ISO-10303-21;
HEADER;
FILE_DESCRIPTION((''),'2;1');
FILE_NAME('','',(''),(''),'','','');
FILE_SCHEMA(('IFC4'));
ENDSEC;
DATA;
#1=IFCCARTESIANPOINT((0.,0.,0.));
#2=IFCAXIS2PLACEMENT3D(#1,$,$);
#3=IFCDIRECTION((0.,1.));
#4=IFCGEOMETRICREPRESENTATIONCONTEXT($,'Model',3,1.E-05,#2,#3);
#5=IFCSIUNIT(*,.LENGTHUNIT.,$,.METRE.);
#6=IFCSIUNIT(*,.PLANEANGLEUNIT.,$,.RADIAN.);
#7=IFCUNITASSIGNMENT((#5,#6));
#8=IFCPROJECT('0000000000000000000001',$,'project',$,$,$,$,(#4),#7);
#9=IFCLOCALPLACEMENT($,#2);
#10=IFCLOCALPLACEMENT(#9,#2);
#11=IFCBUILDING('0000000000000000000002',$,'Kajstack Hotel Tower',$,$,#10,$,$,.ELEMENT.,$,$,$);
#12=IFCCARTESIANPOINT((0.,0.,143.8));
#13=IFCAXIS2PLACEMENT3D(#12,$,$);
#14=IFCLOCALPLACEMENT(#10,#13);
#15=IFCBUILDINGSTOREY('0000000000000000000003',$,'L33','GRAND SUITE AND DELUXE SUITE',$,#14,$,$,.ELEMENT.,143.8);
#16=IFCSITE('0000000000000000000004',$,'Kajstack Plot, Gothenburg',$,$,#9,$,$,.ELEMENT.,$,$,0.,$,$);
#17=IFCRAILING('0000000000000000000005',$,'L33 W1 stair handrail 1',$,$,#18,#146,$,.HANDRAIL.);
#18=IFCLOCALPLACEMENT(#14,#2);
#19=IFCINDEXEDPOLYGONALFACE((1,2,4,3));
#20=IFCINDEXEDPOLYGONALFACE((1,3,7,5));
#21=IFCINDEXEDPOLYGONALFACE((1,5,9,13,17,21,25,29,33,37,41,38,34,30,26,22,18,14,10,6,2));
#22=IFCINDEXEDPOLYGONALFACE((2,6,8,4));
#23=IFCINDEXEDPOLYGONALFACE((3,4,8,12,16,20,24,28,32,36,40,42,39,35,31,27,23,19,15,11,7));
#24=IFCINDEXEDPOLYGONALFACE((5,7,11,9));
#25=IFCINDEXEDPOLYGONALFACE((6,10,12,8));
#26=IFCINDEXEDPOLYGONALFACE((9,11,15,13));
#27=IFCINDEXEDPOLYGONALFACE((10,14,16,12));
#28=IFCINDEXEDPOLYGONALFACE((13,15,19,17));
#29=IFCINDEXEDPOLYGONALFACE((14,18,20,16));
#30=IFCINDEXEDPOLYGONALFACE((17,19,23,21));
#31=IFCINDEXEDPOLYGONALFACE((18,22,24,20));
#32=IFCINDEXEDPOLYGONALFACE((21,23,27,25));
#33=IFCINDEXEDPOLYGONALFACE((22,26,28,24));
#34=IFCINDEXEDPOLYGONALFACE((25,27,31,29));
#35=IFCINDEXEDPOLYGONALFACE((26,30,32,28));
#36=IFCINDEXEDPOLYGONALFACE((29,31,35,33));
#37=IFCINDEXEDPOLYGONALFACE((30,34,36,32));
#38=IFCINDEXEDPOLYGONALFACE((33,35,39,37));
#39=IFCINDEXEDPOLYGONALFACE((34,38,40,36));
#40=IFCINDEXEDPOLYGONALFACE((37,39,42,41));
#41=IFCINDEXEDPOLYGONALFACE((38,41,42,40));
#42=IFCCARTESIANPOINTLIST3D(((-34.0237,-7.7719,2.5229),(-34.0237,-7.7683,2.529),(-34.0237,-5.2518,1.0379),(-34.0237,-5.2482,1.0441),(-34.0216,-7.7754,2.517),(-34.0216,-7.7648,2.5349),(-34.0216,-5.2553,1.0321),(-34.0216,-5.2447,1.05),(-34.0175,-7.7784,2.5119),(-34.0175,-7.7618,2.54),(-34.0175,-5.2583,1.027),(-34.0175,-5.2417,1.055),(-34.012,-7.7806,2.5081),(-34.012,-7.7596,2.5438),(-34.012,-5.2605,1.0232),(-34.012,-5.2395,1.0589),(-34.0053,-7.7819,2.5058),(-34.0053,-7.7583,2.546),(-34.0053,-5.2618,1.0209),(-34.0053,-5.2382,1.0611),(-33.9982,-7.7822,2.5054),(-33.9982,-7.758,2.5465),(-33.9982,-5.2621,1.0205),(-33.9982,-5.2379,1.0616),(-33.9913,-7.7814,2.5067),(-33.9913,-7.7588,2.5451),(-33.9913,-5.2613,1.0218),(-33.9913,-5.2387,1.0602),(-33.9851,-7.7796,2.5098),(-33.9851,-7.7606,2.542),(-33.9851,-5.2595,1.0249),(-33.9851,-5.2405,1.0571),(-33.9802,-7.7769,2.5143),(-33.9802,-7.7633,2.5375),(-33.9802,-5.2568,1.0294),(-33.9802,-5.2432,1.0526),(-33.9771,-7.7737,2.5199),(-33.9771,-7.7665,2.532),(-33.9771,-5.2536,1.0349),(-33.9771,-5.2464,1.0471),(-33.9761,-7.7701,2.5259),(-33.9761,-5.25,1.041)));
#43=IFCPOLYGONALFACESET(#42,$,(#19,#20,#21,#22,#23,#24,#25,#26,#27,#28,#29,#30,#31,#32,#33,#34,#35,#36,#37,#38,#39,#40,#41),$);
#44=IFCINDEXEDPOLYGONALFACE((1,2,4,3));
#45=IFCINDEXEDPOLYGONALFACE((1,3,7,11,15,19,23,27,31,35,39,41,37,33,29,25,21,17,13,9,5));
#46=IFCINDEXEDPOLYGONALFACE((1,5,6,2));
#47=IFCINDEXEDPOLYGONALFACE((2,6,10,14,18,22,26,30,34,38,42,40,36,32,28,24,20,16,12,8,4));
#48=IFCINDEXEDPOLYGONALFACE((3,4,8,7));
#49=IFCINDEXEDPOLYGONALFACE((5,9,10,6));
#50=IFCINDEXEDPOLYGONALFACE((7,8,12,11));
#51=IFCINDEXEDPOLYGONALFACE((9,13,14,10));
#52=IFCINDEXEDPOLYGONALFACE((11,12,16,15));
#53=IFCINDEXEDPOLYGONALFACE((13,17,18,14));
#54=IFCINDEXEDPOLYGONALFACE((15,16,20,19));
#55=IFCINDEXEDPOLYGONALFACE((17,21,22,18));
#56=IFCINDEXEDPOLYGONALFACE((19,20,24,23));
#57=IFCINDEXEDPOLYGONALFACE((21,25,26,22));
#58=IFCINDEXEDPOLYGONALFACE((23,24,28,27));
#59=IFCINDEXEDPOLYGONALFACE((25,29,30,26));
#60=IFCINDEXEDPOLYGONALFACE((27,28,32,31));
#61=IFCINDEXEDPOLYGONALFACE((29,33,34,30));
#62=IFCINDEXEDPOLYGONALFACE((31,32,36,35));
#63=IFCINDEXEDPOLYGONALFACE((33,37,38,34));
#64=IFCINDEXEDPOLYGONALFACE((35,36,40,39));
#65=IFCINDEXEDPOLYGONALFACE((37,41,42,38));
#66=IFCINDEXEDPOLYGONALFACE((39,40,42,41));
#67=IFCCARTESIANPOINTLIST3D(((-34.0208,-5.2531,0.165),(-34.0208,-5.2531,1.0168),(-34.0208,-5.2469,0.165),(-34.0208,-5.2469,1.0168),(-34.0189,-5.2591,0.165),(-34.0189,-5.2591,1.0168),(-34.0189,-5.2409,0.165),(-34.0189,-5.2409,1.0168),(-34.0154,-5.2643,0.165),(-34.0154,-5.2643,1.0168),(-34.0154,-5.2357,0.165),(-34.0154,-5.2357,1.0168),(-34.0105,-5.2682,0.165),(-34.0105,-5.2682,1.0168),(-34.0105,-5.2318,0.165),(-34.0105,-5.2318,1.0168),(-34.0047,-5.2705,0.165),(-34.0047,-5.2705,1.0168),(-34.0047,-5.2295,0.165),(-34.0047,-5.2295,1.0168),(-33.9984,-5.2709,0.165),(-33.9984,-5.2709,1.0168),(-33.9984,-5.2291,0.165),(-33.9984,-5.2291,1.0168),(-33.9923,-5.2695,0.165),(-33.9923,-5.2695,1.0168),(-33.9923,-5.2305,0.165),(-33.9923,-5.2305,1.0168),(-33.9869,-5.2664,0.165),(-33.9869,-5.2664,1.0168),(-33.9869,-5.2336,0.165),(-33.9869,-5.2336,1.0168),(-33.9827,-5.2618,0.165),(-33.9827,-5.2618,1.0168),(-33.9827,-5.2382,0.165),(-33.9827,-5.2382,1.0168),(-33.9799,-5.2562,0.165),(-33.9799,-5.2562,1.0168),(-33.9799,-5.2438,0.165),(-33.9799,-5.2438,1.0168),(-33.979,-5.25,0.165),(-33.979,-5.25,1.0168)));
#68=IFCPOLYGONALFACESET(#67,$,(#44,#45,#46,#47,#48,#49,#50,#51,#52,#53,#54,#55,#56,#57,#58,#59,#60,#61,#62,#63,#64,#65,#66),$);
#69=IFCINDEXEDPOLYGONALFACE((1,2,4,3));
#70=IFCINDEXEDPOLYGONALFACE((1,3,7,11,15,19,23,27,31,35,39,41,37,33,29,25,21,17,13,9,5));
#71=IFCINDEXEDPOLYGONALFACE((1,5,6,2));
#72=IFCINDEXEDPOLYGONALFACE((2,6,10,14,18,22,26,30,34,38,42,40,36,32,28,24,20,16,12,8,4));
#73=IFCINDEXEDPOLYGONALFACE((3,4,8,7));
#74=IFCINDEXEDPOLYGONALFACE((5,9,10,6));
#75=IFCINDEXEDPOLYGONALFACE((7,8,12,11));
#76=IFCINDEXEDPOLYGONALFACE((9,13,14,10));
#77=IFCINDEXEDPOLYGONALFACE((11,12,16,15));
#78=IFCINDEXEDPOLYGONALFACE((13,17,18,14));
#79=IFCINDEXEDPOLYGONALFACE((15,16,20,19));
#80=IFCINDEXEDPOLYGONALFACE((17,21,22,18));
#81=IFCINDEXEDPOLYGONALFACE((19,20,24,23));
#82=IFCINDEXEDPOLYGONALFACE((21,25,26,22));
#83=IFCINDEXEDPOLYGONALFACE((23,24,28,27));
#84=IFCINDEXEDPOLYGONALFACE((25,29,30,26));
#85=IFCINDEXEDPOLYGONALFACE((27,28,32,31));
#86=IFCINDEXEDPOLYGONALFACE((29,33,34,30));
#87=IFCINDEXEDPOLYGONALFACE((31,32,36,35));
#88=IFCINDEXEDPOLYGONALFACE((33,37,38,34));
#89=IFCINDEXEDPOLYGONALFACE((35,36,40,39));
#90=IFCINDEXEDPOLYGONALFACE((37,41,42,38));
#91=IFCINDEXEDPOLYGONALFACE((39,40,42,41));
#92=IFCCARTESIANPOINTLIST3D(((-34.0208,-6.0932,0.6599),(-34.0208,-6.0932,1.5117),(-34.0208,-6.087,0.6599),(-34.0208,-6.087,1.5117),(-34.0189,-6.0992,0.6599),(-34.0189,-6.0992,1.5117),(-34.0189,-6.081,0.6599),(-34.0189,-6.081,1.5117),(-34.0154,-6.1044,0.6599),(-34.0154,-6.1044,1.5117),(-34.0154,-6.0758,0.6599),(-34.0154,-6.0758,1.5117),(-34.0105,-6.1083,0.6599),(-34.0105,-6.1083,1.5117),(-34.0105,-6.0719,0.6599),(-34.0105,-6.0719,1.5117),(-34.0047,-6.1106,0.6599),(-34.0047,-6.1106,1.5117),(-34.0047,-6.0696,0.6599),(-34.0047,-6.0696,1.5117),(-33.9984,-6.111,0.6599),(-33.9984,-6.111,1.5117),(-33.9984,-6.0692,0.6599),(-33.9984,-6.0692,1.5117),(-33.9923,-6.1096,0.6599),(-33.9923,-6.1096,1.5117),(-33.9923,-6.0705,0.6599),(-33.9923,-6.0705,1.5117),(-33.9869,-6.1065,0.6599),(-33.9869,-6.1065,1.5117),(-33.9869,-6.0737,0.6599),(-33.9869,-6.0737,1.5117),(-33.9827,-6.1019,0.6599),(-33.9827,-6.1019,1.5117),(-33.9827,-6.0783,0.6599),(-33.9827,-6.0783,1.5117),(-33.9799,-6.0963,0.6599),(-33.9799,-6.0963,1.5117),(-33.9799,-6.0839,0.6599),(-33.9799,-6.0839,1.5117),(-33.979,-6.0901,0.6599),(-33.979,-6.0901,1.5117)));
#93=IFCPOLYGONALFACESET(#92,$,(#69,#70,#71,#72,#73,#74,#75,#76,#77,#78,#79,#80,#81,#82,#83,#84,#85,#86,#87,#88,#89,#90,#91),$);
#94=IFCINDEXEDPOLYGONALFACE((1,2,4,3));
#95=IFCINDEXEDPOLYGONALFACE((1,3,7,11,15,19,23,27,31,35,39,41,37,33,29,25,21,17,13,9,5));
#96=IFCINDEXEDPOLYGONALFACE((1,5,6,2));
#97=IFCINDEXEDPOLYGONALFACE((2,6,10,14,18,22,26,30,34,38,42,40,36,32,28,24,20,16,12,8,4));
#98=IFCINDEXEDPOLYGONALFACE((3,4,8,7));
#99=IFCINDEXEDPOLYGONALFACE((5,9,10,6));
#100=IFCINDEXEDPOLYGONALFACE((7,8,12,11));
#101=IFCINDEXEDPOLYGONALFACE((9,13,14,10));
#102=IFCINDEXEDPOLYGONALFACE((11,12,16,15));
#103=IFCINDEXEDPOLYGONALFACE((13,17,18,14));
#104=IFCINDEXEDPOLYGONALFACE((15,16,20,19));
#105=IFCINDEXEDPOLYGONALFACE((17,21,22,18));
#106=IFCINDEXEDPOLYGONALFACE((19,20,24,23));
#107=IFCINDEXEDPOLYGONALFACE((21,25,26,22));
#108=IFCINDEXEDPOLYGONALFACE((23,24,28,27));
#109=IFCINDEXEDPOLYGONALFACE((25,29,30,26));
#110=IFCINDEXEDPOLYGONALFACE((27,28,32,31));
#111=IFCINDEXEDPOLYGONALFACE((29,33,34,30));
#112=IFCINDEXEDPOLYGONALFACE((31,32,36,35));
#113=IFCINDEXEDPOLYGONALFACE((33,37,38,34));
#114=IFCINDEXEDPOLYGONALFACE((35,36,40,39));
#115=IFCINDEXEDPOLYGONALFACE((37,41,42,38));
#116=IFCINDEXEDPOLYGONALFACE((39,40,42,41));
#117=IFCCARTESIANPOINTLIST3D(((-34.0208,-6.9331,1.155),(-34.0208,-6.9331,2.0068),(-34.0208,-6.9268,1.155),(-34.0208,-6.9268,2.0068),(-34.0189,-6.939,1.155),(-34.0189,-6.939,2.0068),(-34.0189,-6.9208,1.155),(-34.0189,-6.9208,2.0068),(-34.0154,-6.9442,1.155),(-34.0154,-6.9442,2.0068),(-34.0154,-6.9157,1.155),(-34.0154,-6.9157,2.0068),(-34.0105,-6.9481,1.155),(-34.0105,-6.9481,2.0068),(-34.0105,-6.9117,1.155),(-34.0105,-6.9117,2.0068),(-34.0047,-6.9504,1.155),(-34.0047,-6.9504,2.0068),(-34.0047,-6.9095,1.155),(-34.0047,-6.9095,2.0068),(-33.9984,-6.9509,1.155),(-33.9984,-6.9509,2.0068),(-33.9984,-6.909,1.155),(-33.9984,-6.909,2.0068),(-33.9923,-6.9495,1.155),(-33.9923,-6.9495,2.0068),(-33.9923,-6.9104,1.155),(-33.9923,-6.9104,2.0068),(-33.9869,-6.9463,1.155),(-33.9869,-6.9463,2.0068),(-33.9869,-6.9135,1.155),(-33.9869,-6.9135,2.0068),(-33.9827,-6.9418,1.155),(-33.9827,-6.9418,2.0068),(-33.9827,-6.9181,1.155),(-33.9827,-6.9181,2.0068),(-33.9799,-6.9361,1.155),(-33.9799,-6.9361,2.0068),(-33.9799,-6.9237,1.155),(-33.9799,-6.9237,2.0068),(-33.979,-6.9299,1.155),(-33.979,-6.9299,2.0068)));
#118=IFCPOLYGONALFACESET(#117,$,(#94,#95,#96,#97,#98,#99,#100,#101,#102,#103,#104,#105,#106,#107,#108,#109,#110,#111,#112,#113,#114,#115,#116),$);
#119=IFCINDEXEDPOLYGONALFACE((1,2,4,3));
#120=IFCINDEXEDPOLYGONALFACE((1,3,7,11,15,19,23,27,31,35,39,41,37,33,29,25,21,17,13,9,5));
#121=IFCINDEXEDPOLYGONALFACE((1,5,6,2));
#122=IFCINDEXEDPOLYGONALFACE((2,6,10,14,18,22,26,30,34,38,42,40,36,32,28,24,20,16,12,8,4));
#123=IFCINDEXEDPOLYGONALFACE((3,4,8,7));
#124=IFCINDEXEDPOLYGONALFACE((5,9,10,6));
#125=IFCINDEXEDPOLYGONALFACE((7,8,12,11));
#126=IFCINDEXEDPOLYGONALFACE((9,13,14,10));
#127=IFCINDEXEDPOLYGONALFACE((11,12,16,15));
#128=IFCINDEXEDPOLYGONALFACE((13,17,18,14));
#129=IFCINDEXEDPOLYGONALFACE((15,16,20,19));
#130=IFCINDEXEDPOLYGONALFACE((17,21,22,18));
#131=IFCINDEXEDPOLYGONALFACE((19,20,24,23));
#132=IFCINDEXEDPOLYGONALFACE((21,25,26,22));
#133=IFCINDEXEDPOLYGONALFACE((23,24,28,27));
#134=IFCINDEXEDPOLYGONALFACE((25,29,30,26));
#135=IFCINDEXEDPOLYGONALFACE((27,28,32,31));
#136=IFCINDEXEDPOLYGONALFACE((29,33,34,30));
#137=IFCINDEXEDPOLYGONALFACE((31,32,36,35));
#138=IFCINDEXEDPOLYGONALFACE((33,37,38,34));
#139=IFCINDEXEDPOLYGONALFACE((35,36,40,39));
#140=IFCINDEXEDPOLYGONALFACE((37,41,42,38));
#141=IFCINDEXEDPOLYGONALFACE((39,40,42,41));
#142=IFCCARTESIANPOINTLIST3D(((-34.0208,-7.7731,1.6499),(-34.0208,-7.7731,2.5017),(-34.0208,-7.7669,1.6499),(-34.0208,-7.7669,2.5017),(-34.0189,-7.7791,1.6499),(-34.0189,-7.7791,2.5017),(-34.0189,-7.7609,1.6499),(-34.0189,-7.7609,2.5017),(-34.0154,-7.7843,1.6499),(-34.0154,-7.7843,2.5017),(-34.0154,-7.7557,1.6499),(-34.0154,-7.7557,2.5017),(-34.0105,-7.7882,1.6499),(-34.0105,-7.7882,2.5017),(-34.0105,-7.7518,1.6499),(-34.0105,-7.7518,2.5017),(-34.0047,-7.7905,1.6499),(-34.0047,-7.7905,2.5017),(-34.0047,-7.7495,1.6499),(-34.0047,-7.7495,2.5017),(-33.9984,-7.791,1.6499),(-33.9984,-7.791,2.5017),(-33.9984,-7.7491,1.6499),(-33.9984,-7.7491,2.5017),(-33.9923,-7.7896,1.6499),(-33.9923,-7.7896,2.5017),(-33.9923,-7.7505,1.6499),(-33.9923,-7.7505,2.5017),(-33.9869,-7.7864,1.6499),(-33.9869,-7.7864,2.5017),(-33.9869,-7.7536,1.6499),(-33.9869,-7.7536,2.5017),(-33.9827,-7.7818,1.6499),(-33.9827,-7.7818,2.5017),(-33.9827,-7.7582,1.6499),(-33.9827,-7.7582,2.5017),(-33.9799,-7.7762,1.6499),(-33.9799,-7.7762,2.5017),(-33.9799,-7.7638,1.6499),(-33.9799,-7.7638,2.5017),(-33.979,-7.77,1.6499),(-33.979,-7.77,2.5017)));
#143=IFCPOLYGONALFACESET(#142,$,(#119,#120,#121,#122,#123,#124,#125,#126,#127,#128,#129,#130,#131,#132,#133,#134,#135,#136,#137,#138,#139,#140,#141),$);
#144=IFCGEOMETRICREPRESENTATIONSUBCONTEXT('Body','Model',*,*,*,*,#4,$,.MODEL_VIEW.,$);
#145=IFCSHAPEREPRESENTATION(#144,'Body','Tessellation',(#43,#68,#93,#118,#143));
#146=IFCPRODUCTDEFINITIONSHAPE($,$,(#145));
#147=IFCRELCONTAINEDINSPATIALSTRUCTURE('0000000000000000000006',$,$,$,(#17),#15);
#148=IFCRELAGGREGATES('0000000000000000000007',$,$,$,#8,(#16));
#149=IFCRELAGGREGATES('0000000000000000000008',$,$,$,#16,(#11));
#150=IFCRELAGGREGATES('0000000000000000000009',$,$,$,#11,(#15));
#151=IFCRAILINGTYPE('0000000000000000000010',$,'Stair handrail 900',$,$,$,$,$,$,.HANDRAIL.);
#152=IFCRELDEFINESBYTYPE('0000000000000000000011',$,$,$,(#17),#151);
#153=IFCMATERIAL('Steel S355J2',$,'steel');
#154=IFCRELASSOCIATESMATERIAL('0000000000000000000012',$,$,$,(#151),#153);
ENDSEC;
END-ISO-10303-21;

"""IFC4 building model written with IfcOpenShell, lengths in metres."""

from ifc_helpers import new_model, si_unit, direction, frame, origin, origin_2d, place, context, subcontext, project, spatial, circle, extrude, material, type_object, element, save


model = new_model("IFC4")

# Units and contexts
model_context = context("Model", 3, precision=1e-05, world=origin(), true_north=direction((0.0, 1.0)))
body_context = subcontext(model_context, "Body", "Model", "MODEL_VIEW")
ifc_project = project(units=[si_unit("LENGTHUNIT", "METRE"), si_unit("PLANEANGLEUNIT", "RADIAN")], contexts=[model_context])

# Site, building, storey
site_placement = place(None, origin())
site = spatial("IfcSite", under=ifc_project, at=site_placement, Name="Kajstack Plot, Gothenburg", CompositionType="ELEMENT", RefElevation=0.0)
building_placement = place(site_placement, origin())
building = spatial("IfcBuilding", under=site, at=building_placement, Name="Kajstack Hotel Tower", CompositionType="ELEMENT")
storey_placement = place(building_placement, frame((0.0, 0.0, 143.8)))
storey = spatial("IfcBuildingStorey", under=building, at=storey_placement, Name="L33", Description="GRAND SUITE AND DELUXE SUITE", CompositionType="ELEMENT", Elevation=143.8)

# Railing
ifc_material_1 = material(Name="Steel S355J2", Category="steel")
railing_type_1 = type_object("IfcRailingType", Name="Stair handrail 900", PredefinedType="HANDRAIL", material=ifc_material_1)
railing_1_placement = place(storey_placement, frame((-34.0, -5.25, 0.165)))
element("IfcRailing", 1, at=railing_1_placement, inside=storey, type_object=railing_type_1, Name="L33 W1 stair handrail 1", PredefinedType="HANDRAIL", context=body_context, shape_type="SweptSolid", body=[
    extrude(circle(Radius=0.0239, at=origin_2d()), frame((0.0, 0.0, 0.876), z_axis=(0.0, -0.861561, 0.507655), x_axis=(1.0, 0.0, 0.0)), (0.0, 0.0, 1.0), 2.925),
    extrude(circle(Radius=0.021, at=origin_2d()), origin(), (0.0, 0.0, 1.0), 0.8518),
    extrude(circle(Radius=0.021, at=origin_2d()), frame((0.0, -0.8401, 0.4949)), (0.0, 0.0, 1.0), 0.8518),
    extrude(circle(Radius=0.021, at=origin_2d()), frame((0.0, -1.6799, 0.99)), (0.0, 0.0, 1.0), 0.8518),
    extrude(circle(Radius=0.021, at=origin_2d()), frame((0.0, -2.52, 1.4849)), (0.0, 0.0, 1.0), 0.8518),
])

save(model, "model.ifc")
